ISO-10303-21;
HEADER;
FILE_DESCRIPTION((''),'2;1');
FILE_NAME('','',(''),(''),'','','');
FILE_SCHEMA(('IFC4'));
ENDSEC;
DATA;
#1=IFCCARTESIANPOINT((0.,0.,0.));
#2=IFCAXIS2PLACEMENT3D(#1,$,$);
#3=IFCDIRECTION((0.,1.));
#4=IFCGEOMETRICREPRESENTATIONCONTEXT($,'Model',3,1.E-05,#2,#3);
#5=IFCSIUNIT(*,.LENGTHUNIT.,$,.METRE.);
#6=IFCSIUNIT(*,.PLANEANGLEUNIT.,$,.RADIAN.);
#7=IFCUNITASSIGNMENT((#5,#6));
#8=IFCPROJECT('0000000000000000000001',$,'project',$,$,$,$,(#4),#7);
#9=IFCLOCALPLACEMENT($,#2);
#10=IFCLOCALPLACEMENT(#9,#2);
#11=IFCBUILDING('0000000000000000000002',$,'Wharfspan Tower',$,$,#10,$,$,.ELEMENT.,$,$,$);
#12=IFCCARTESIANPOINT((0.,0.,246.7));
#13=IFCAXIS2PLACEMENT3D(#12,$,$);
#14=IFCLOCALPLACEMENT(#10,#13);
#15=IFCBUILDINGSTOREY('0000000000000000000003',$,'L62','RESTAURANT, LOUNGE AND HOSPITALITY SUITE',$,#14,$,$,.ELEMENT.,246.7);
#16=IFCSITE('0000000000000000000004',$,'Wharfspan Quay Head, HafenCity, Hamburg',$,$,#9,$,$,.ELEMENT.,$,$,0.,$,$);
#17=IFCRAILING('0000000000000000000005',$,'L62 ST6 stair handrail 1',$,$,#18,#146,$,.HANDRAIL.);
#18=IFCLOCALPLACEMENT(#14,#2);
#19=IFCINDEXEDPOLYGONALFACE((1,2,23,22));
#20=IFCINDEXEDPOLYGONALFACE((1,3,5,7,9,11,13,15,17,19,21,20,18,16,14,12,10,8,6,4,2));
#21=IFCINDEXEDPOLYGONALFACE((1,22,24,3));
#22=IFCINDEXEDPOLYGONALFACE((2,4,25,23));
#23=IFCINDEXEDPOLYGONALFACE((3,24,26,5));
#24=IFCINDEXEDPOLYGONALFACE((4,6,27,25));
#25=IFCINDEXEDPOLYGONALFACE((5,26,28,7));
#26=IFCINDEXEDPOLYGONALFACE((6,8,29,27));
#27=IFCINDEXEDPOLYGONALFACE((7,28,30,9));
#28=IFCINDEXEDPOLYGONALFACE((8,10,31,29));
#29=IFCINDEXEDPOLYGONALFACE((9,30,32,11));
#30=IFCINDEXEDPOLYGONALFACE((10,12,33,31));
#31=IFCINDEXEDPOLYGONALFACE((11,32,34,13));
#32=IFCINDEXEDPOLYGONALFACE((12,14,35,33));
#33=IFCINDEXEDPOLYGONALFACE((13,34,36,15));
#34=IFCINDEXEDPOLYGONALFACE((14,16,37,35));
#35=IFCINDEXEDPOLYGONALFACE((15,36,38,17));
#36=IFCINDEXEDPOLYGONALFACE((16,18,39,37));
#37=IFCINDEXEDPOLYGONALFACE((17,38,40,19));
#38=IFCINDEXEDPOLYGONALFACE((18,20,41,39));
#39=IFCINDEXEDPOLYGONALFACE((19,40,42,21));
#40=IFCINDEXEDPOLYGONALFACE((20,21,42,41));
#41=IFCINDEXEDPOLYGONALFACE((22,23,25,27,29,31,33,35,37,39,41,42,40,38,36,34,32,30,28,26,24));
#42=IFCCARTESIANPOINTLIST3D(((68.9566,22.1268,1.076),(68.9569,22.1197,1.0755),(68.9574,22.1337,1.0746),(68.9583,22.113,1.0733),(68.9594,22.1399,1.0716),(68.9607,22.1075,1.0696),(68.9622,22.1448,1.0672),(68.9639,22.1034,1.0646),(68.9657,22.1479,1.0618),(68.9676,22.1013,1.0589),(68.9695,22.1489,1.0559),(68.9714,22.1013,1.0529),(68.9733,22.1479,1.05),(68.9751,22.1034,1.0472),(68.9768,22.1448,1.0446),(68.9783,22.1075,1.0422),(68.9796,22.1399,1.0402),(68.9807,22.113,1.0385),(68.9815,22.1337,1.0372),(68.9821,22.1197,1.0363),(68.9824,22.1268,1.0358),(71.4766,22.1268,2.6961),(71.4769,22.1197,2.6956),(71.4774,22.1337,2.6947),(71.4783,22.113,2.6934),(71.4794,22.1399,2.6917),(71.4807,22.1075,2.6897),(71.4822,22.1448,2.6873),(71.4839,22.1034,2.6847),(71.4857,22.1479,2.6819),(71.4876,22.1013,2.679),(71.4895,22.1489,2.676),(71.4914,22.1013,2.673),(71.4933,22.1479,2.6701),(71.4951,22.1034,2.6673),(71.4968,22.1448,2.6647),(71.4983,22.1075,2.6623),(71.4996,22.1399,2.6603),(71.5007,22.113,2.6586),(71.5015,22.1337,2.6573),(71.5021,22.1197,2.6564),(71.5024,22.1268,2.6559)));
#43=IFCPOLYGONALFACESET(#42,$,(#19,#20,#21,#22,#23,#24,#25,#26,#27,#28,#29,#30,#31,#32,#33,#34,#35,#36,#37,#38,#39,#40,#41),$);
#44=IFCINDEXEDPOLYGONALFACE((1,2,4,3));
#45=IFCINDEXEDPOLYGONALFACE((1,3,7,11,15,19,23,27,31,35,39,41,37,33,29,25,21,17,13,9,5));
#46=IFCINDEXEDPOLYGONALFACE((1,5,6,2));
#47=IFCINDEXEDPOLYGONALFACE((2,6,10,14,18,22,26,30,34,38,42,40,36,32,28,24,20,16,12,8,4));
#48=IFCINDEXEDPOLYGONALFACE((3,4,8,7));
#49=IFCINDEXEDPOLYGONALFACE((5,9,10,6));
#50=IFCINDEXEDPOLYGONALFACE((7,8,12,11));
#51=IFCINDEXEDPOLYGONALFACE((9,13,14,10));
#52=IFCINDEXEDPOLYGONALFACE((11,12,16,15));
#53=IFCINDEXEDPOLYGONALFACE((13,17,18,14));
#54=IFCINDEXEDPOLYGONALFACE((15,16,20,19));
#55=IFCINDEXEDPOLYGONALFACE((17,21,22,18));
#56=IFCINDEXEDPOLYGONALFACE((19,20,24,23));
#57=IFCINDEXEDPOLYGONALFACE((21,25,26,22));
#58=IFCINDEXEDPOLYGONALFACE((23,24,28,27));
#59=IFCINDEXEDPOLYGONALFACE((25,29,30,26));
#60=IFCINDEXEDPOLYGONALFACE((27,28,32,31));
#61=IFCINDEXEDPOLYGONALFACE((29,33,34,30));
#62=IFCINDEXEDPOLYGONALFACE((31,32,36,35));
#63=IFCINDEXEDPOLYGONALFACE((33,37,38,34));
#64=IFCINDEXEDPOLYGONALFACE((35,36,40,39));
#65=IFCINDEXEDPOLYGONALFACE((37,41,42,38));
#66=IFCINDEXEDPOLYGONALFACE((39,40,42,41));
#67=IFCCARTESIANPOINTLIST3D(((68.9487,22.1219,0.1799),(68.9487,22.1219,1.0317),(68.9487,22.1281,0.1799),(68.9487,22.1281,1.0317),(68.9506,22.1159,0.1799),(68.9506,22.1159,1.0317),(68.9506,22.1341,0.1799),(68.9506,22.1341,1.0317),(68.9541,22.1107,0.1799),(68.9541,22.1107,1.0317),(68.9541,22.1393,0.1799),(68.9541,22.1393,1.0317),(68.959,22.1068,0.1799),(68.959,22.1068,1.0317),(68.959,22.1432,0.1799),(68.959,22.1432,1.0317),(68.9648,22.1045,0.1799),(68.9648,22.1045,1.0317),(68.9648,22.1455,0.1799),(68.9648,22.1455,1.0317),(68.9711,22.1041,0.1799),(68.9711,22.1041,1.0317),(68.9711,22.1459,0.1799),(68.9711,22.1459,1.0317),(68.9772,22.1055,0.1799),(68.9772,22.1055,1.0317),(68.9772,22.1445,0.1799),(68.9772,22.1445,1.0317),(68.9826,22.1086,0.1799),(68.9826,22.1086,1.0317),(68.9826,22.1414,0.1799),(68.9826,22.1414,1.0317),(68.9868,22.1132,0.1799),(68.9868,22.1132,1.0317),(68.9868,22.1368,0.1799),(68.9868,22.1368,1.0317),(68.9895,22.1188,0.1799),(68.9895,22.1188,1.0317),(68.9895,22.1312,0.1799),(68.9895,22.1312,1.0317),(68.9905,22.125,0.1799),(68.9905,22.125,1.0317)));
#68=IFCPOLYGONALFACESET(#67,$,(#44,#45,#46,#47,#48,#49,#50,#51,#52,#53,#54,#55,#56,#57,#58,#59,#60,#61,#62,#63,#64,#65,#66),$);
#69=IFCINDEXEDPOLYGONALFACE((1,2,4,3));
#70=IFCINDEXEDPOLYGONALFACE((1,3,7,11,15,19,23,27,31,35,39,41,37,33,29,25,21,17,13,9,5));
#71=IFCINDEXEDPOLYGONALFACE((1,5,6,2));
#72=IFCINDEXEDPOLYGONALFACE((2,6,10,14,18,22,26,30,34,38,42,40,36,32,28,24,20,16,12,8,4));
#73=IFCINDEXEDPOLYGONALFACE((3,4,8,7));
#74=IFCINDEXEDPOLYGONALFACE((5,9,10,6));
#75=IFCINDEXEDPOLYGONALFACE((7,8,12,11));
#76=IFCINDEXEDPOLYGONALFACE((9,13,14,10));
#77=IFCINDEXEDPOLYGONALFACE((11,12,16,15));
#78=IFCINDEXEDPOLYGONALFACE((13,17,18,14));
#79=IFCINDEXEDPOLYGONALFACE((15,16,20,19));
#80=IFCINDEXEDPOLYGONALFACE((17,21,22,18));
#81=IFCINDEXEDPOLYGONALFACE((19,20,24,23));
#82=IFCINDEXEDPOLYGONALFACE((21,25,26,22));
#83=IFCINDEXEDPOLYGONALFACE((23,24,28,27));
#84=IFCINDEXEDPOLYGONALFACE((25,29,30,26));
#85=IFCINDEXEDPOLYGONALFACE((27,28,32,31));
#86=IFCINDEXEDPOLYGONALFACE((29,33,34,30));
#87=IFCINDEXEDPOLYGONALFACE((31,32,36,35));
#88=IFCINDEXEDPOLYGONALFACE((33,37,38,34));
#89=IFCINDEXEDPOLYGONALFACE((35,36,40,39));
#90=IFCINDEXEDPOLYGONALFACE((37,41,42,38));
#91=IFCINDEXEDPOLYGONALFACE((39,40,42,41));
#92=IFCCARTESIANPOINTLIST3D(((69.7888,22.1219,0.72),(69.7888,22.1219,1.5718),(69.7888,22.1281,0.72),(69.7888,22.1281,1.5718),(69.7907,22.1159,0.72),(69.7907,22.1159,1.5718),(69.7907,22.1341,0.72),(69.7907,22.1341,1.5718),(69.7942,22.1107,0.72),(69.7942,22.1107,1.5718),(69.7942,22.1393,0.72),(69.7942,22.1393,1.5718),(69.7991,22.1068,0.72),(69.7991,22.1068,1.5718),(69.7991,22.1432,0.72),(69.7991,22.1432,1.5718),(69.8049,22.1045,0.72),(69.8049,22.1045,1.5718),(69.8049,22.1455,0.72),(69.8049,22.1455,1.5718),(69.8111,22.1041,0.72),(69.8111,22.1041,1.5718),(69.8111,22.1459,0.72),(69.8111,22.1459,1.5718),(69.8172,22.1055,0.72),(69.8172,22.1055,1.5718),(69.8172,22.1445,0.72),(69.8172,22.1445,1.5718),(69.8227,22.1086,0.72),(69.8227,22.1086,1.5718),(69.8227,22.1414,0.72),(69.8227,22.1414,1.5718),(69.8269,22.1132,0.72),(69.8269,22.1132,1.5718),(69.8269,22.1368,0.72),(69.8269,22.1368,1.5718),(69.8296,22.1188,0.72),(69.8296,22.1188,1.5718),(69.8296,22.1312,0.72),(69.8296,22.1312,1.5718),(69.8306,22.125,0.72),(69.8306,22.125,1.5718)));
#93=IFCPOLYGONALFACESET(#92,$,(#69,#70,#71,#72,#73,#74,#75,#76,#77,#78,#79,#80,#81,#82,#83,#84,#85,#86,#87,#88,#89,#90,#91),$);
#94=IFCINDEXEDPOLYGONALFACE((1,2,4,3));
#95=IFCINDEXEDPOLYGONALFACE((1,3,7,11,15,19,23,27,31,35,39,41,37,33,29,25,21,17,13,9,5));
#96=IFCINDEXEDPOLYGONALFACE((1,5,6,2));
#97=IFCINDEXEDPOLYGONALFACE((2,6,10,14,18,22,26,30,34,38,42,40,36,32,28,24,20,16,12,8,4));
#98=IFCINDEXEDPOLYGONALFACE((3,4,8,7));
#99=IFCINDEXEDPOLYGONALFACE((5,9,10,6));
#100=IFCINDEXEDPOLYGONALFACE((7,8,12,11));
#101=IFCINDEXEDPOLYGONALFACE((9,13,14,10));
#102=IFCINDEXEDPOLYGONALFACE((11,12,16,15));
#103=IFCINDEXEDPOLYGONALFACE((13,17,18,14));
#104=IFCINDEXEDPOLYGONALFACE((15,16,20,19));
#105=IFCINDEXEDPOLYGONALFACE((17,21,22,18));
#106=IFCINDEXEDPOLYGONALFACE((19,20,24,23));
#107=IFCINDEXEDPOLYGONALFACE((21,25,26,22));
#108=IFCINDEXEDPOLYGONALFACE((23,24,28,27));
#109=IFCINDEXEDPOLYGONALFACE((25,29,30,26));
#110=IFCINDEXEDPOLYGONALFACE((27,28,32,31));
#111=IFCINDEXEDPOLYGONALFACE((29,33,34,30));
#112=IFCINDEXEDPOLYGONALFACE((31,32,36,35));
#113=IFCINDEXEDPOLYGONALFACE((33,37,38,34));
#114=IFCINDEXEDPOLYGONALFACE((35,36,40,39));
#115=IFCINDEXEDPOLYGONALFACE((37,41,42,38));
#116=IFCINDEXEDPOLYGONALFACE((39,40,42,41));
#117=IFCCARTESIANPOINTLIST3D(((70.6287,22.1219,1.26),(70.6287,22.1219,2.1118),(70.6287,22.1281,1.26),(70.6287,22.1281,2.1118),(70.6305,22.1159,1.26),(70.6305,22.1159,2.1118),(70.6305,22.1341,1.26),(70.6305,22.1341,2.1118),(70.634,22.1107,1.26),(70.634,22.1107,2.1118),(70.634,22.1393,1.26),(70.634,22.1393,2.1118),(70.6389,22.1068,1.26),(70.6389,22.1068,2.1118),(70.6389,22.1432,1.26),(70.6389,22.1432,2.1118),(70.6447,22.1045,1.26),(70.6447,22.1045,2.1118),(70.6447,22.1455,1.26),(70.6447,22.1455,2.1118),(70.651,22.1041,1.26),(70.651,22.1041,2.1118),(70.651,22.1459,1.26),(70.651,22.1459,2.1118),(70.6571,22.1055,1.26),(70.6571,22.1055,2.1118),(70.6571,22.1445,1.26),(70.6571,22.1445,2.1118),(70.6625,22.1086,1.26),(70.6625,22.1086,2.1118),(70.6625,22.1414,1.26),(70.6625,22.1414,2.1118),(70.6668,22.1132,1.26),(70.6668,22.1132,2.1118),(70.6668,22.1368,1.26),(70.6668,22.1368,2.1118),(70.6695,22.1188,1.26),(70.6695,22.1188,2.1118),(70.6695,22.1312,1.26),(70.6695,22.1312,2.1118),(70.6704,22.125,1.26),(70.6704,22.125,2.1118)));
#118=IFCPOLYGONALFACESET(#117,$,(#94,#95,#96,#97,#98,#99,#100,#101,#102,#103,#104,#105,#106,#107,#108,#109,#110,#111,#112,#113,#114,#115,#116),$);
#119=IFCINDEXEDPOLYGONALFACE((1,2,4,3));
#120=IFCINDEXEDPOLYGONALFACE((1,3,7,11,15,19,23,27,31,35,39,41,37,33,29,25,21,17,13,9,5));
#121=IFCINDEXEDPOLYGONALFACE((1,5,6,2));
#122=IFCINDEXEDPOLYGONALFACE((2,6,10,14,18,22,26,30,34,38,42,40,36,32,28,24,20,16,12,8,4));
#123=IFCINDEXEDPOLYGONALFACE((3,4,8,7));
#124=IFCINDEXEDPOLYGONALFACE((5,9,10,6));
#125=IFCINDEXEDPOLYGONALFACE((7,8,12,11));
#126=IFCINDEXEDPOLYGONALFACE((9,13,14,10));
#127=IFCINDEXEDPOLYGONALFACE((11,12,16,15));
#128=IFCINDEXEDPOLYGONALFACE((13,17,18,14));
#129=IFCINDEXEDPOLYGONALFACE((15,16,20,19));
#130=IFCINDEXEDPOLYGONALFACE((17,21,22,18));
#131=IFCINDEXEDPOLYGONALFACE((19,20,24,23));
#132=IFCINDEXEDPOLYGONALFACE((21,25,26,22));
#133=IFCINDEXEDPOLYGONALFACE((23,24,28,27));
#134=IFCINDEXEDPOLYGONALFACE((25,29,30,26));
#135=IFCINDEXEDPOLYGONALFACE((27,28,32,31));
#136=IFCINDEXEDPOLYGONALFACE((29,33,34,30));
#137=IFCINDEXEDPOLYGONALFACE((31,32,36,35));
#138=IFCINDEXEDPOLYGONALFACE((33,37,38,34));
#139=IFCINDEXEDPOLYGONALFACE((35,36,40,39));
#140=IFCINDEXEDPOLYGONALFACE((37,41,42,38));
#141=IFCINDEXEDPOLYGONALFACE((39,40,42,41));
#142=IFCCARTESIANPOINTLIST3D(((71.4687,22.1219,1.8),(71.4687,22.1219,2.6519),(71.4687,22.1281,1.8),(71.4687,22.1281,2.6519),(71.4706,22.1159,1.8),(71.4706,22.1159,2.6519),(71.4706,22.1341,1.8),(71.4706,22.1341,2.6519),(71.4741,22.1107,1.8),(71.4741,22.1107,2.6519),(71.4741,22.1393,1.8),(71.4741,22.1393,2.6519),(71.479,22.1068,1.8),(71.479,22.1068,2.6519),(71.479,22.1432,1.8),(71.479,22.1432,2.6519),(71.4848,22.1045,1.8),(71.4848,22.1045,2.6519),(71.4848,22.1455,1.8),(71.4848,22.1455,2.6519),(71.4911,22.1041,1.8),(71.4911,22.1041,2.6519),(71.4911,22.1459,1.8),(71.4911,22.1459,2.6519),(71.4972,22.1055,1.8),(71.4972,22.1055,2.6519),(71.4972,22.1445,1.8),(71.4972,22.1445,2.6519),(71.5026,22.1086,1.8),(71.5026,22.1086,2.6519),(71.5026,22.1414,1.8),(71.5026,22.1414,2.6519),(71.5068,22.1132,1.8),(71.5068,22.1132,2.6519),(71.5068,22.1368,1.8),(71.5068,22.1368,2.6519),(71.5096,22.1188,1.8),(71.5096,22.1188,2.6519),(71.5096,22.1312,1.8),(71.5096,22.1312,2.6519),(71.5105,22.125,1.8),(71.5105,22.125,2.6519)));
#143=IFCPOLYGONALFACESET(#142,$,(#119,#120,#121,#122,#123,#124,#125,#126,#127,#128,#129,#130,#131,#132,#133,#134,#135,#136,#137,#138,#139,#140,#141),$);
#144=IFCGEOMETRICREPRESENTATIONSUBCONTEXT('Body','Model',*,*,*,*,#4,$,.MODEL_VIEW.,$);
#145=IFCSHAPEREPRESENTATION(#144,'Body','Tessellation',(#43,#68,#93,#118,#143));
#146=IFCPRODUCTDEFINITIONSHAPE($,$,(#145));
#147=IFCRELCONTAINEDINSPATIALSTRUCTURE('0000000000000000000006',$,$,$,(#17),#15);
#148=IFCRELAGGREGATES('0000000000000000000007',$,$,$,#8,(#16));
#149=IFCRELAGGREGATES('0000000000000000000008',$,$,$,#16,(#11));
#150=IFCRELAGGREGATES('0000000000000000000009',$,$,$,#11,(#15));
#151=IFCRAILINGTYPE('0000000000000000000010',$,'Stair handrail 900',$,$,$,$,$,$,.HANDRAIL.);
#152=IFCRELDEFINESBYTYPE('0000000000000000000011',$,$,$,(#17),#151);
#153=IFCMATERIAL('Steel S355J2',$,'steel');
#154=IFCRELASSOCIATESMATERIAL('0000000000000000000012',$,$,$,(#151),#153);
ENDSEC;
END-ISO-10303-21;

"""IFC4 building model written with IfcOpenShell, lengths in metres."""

from ifc_helpers import new_model, si_unit, direction, frame, origin, origin_2d, place, context, subcontext, project, spatial, circle, extrude, material, type_object, element, save


model = new_model("IFC4")

# Units and contexts
model_context = context("Model", 3, precision=1e-05, world=origin(), true_north=direction((0.0, 1.0)))
body_context = subcontext(model_context, "Body", "Model", "MODEL_VIEW")
ifc_project = project(units=[si_unit("LENGTHUNIT", "METRE"), si_unit("PLANEANGLEUNIT", "RADIAN")], contexts=[model_context])

# Site, building, storey
site_placement = place(None, origin())
site = spatial("IfcSite", under=ifc_project, at=site_placement, Name="Wharfspan Quay Head, HafenCity, Hamburg", CompositionType="ELEMENT", RefElevation=0.0)
building_placement = place(site_placement, origin())
building = spatial("IfcBuilding", under=site, at=building_placement, Name="Wharfspan Tower", CompositionType="ELEMENT")
storey_placement = place(building_placement, frame((0.0, 0.0, 246.7)))
storey = spatial("IfcBuildingStorey", under=building, at=storey_placement, Name="L62", Description="RESTAURANT, LOUNGE AND HOSPITALITY SUITE", CompositionType="ELEMENT", Elevation=246.7)

# Shared definitions
ifc_material_1 = material(Name="Steel S355J2", Category="steel")

# Railing
railing_type_1 = type_object("IfcRailingType", Name="Stair handrail 900", PredefinedType="HANDRAIL", material=ifc_material_1)
railing_1_placement = place(storey_placement, frame((68.9695, 22.125, 0.1799)))
element("IfcRailing", 1, at=railing_1_placement, inside=storey, type_object=railing_type_1, Name="L62 ST6 stair handrail 1", PredefinedType="HANDRAIL", context=body_context, shape_type="SweptSolid", body=[
    extrude(circle(Radius=0.0239, at=origin_2d()), frame((0.0, 0.0, 0.876), z_axis=(0.841163, 0.0, 0.540782), x_axis=(0.0, 1.0, 0.0)), (0.0, 0.0, 1.0), 2.9958),
    extrude(circle(Radius=0.021, at=origin_2d()), origin(), (0.0, 0.0, 1.0), 0.8518),
    extrude(circle(Radius=0.021, at=origin_2d()), frame((0.8401, 0.0, 0.54)), (0.0, 0.0, 1.0), 0.8518),
    extrude(circle(Radius=0.021, at=origin_2d()), frame((1.6799, 0.0, 1.0801)), (0.0, 0.0, 1.0), 0.8518),
    extrude(circle(Radius=0.021, at=origin_2d()), frame((2.52, 0.0, 1.6201)), (0.0, 0.0, 1.0), 0.8518),
])

save(model, "model.ifc")
